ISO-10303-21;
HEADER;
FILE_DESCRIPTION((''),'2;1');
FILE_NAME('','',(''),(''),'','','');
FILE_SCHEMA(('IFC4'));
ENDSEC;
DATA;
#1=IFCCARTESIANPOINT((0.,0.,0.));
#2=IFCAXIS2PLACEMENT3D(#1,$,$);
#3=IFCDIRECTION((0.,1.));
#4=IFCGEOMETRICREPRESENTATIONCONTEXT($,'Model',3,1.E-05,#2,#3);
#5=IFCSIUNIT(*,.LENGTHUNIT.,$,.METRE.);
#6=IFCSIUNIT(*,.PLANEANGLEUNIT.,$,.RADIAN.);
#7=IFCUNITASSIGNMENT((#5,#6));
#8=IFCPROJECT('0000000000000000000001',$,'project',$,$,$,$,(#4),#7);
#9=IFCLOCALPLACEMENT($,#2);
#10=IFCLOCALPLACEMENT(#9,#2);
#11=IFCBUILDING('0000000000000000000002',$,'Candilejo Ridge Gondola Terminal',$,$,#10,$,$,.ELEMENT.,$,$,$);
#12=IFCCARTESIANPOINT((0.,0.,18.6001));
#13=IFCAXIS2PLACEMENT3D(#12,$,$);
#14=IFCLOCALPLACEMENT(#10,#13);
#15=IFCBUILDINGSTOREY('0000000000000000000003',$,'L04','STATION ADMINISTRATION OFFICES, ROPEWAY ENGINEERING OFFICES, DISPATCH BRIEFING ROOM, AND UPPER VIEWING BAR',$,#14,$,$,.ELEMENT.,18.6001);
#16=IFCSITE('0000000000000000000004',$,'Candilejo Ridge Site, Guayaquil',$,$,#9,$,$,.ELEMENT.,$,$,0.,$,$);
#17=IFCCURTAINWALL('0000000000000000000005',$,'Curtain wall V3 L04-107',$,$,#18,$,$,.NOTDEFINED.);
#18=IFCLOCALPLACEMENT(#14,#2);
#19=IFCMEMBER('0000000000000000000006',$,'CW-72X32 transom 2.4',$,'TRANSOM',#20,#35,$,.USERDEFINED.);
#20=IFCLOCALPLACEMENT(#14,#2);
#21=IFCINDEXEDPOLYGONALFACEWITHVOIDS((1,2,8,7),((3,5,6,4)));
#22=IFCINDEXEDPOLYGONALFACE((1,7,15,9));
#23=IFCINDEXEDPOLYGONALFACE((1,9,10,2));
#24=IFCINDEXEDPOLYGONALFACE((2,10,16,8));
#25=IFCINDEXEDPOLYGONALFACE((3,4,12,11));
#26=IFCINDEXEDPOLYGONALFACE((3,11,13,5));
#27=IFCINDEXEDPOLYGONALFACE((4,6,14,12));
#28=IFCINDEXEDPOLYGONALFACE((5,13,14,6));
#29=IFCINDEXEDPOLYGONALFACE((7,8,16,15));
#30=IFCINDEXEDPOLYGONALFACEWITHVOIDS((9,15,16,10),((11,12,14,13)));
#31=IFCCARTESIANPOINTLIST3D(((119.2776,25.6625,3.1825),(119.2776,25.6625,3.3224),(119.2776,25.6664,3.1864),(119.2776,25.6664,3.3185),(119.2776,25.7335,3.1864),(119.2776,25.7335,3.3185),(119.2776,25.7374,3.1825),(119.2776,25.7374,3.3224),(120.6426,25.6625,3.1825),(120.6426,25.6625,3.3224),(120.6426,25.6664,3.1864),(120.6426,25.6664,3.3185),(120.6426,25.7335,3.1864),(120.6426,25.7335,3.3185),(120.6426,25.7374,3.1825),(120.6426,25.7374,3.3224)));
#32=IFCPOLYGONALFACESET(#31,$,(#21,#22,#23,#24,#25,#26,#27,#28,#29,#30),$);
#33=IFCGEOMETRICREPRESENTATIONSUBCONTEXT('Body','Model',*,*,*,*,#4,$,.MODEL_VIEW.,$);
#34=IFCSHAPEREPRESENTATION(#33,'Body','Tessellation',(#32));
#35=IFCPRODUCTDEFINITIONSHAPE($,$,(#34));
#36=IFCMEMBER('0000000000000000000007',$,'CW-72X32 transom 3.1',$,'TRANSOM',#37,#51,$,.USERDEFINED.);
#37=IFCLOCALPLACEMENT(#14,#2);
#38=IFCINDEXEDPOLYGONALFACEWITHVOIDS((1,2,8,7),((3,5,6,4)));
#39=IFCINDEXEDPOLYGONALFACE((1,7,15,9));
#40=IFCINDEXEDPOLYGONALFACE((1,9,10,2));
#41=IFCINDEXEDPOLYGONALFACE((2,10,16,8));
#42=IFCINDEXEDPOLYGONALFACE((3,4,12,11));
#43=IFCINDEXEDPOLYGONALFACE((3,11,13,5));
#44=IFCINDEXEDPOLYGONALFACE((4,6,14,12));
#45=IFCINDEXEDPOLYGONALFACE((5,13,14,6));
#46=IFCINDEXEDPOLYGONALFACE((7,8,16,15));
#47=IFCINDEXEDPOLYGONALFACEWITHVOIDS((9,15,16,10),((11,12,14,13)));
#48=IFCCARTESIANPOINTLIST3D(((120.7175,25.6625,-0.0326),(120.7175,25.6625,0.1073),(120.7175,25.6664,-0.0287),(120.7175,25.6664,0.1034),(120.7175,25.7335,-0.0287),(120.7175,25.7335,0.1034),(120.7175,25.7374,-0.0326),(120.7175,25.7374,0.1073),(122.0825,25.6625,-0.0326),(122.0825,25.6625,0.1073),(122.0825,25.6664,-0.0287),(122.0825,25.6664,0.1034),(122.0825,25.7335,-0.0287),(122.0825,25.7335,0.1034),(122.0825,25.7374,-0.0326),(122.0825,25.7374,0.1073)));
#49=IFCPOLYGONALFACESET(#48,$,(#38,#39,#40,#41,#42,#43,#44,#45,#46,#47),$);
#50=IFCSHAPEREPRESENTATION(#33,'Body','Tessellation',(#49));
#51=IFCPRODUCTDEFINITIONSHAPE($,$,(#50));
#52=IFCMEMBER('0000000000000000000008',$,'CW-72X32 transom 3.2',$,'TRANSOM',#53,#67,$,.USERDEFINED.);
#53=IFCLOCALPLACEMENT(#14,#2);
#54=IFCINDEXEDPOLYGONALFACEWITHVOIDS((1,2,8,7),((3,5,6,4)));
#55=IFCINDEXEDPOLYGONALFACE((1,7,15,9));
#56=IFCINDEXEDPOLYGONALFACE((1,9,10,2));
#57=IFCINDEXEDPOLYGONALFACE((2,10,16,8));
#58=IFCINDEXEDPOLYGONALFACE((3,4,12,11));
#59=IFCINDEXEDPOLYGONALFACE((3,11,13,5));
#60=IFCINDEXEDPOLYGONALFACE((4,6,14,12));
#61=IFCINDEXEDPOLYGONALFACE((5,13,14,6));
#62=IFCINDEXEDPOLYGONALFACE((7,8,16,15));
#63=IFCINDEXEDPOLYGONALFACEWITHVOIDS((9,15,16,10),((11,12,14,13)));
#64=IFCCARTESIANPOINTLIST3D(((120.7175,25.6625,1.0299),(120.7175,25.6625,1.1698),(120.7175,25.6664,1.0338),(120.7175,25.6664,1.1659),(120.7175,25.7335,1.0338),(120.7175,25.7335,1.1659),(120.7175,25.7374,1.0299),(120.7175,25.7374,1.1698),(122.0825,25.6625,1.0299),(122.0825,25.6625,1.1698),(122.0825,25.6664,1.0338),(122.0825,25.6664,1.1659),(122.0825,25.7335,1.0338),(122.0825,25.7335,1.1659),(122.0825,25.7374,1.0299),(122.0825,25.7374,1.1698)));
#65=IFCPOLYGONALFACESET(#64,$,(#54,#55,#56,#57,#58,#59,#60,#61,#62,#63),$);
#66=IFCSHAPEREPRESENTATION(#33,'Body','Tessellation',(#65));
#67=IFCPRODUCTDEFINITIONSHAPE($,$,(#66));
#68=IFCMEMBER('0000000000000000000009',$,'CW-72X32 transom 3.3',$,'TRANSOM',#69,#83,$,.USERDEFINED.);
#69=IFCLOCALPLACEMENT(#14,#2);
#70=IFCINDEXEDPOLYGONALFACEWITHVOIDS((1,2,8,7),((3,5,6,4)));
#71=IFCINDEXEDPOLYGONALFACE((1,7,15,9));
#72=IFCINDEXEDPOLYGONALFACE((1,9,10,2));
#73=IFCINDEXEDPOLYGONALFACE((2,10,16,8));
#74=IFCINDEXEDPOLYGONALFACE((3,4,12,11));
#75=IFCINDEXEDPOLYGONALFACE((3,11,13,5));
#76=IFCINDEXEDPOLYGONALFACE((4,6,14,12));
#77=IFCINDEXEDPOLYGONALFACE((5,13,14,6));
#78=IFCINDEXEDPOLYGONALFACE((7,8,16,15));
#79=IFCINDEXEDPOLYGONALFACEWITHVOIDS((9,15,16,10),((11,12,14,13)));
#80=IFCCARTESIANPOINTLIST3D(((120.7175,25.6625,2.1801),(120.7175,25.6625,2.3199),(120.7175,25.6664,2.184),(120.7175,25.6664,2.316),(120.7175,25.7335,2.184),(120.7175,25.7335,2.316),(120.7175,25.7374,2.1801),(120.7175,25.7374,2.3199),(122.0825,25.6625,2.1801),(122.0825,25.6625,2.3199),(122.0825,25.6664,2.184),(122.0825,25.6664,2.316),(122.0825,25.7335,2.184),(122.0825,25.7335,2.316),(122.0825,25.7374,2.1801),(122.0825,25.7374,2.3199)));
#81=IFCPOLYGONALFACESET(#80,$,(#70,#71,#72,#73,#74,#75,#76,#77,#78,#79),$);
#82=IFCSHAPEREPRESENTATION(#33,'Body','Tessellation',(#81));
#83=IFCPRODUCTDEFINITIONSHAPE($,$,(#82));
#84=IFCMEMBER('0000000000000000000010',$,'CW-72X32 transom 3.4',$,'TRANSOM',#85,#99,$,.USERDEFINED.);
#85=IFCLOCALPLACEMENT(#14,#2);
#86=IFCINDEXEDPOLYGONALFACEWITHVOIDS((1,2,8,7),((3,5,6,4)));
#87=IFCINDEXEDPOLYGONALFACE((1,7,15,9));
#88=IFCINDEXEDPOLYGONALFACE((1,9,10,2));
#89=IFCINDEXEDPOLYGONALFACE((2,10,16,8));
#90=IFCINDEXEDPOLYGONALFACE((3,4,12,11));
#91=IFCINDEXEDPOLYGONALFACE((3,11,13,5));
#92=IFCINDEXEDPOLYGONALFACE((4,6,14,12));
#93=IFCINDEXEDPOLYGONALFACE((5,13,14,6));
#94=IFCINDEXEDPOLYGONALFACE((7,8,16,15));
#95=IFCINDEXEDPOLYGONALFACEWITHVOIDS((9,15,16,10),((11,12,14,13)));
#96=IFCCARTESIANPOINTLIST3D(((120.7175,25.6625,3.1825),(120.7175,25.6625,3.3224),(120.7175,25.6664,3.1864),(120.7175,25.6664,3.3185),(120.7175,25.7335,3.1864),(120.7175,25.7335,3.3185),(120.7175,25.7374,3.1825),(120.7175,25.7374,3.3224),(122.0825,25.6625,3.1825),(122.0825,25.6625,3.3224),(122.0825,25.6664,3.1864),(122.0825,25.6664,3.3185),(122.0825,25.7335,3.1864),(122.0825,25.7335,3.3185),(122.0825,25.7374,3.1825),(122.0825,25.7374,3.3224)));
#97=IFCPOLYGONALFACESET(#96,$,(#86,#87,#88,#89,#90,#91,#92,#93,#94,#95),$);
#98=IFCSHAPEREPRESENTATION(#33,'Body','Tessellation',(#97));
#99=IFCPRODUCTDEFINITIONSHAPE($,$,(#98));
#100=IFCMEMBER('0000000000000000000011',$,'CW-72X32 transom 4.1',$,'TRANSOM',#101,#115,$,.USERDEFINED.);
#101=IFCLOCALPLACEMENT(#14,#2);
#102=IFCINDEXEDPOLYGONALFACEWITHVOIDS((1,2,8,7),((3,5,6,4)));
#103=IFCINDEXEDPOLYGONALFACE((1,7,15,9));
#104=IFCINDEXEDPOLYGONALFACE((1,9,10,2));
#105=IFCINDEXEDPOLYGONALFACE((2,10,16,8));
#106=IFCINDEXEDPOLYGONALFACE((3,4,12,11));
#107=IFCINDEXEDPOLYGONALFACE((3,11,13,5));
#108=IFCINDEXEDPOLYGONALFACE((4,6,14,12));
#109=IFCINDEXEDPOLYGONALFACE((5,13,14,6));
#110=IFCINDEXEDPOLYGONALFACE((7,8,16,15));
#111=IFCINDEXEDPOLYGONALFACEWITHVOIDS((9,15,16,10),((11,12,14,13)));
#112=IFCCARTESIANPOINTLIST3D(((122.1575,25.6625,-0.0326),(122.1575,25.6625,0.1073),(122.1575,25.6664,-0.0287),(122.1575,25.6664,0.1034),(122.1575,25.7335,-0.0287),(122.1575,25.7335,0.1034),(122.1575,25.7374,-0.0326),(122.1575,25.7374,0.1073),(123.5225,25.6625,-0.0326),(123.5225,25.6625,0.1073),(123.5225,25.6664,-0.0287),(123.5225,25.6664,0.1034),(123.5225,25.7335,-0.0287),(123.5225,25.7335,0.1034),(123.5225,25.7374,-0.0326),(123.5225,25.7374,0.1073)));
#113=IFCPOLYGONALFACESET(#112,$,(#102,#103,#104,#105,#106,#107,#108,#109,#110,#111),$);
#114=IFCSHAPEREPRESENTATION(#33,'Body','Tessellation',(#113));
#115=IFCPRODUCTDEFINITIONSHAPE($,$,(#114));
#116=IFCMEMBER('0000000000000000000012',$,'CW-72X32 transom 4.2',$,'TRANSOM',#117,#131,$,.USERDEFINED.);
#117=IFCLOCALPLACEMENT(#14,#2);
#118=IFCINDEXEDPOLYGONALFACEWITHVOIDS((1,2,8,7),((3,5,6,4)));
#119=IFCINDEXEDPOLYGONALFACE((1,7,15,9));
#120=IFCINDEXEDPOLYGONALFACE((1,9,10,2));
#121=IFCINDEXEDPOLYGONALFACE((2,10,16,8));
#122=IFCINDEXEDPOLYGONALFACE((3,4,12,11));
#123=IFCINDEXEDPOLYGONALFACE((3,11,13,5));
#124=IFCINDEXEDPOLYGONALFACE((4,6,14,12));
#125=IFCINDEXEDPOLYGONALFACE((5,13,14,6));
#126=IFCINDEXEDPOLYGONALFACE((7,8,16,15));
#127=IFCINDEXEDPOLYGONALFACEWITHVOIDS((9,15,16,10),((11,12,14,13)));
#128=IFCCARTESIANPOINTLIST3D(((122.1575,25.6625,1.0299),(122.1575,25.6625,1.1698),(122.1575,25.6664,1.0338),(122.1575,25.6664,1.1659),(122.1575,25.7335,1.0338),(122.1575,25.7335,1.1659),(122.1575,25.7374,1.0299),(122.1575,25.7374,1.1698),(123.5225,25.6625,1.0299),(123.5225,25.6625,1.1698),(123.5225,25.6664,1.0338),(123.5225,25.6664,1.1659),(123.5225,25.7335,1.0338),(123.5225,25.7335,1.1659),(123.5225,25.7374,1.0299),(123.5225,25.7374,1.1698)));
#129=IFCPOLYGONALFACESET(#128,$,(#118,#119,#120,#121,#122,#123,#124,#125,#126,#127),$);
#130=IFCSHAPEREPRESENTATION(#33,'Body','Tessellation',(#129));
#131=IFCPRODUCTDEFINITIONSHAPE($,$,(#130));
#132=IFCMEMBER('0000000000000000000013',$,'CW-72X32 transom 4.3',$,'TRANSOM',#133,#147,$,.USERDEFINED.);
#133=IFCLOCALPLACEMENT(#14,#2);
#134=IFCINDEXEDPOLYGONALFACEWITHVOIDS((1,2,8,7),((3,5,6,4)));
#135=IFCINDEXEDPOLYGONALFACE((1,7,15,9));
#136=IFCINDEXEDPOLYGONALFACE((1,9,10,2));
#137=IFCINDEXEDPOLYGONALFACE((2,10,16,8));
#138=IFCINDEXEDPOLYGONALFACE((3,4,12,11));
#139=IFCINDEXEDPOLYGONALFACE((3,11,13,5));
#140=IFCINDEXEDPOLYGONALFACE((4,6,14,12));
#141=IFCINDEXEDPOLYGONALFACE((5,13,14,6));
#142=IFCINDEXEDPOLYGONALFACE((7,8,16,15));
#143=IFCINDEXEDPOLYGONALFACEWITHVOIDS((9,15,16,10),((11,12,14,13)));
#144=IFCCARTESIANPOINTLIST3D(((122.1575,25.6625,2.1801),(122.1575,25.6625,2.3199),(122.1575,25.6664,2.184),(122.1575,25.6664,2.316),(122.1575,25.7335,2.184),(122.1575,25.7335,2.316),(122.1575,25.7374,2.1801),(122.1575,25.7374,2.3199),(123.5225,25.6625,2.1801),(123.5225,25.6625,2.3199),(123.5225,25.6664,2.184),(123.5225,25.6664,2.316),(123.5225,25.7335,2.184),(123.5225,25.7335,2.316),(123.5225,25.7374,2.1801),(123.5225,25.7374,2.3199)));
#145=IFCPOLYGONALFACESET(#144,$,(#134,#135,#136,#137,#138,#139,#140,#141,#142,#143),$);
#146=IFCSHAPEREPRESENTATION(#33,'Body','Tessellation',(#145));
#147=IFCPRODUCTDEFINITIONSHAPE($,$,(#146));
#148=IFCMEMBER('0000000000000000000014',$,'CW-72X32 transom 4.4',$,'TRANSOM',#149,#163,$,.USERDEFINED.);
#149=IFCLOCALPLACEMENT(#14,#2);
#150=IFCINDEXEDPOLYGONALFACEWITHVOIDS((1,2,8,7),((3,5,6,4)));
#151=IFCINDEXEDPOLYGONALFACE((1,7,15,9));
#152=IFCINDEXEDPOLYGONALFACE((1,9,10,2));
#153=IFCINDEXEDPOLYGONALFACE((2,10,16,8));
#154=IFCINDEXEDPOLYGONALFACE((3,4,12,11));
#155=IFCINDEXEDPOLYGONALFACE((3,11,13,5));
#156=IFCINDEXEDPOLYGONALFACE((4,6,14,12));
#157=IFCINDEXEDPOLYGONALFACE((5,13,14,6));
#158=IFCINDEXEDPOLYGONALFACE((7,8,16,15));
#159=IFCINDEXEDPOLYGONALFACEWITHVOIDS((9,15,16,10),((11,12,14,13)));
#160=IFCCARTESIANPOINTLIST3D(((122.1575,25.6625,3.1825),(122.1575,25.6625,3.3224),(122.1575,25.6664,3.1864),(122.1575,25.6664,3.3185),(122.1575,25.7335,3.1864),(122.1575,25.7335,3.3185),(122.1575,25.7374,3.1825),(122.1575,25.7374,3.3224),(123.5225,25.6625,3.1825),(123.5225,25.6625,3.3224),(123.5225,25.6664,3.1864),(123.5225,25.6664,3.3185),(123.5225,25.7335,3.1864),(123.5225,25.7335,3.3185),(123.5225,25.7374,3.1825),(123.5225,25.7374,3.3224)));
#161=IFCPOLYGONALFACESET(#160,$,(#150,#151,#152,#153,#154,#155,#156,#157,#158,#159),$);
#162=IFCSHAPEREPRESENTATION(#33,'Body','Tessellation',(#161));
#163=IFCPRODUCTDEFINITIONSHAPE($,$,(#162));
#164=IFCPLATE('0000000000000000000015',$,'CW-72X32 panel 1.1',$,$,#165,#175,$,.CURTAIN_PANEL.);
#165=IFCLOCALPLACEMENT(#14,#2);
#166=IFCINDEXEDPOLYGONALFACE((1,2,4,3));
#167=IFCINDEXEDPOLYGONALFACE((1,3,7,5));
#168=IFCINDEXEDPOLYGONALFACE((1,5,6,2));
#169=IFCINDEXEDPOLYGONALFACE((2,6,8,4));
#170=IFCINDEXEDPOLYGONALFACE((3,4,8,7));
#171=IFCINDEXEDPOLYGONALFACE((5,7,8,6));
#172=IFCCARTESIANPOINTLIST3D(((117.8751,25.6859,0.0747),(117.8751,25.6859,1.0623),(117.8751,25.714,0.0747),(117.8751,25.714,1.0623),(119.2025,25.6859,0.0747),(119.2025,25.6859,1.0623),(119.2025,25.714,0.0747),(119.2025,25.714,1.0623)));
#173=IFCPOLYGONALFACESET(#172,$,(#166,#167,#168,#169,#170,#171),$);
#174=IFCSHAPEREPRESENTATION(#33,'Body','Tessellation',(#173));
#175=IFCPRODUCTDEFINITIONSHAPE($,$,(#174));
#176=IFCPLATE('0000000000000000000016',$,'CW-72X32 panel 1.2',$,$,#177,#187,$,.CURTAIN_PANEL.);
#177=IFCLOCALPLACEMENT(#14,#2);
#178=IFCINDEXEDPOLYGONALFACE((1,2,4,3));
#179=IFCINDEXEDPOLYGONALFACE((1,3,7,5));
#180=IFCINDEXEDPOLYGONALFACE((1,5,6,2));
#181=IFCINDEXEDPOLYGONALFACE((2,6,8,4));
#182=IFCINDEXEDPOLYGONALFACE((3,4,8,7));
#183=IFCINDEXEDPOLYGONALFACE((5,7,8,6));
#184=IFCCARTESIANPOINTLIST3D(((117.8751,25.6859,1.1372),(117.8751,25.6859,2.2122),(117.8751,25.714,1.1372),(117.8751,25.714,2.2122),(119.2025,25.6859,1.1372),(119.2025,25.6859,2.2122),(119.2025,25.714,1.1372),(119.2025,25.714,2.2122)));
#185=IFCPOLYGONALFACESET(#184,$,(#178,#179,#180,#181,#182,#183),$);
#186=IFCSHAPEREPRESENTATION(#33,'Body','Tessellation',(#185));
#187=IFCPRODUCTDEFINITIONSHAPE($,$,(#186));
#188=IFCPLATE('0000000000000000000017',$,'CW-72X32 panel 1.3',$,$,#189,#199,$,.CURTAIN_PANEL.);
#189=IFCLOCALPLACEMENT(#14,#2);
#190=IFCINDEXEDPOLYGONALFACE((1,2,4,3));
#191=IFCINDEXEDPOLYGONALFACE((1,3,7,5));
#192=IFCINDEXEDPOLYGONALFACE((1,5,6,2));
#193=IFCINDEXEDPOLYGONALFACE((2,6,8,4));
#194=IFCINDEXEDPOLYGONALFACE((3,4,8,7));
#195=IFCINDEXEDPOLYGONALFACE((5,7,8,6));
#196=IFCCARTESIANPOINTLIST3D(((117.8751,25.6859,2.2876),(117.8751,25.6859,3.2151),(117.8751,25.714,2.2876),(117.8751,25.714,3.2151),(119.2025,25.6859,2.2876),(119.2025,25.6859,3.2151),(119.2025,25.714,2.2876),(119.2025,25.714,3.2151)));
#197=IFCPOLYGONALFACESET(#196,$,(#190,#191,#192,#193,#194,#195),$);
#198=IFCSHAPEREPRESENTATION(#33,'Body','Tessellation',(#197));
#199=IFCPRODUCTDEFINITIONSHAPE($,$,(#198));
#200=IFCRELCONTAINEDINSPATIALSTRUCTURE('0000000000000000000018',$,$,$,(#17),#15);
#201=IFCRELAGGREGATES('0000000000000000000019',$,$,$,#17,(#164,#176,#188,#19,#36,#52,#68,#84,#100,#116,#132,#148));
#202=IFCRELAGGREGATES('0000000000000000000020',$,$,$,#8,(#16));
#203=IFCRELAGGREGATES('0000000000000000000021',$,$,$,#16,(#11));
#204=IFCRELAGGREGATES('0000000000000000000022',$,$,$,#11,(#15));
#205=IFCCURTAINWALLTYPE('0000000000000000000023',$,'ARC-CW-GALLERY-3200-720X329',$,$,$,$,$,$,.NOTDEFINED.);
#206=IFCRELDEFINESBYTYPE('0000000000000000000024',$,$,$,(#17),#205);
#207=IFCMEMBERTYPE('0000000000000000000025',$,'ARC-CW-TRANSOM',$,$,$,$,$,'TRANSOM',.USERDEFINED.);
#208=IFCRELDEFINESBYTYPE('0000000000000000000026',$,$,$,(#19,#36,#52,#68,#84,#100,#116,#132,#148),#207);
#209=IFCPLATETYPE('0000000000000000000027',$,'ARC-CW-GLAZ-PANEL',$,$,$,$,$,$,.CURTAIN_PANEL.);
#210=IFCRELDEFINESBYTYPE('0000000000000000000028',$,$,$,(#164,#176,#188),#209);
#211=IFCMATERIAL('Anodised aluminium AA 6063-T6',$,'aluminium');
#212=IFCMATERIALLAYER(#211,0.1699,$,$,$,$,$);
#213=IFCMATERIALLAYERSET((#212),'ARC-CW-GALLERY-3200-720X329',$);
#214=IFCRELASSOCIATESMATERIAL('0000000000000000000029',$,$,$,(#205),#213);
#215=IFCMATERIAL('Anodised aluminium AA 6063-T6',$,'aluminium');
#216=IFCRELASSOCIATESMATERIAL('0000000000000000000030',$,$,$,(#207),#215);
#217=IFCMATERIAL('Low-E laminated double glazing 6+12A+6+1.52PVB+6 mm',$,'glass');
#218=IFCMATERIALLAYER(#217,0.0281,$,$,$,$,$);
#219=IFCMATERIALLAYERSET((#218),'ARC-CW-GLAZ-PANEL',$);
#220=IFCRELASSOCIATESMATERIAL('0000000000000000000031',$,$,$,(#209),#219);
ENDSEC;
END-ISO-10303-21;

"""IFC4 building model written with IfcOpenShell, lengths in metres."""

from ifc_helpers import new_model, si_unit, direction, frame, origin, origin_2d, place, context, subcontext, project, spatial, rectangle, hollow_rectangle, extrude, material, layer, layer_set, material_profile, profile_set, type_object, element, aggregate, save


model = new_model("IFC4")

# Units and contexts
model_context = context("Model", 3, precision=1e-05, world=origin(), true_north=direction((0.0, 1.0)))
body_context = subcontext(model_context, "Body", "Model", "MODEL_VIEW")
ifc_project = project(units=[si_unit("LENGTHUNIT", "METRE"), si_unit("PLANEANGLEUNIT", "RADIAN")], contexts=[model_context])

# Site, building, storey
site_placement = place(None, origin())
site = spatial("IfcSite", under=ifc_project, at=site_placement, Name="Candilejo Ridge Site, Guayaquil", CompositionType="ELEMENT", RefElevation=0.0)
building_placement = place(site_placement, origin())
building = spatial("IfcBuilding", under=site, at=building_placement, Name="Candilejo Ridge Gondola Terminal", CompositionType="ELEMENT")
storey_placement = place(building_placement, frame((0.0, 0.0, 18.6001)))
storey = spatial("IfcBuildingStorey", under=building, at=storey_placement, Name="L04", Description="STATION ADMINISTRATION OFFICES, ROPEWAY ENGINEERING OFFICES, DISPATCH BRIEFING ROOM, AND UPPER VIEWING BAR", CompositionType="ELEMENT", Elevation=18.6001)

# Curtain wall, members, plates
ifc_material_1 = material(Name="Anodised aluminium AA 6063-T6", Category="aluminium")
ifc_layer_1 = layer(ifc_material_1, 0.1699)
ifc_layer_set_1 = layer_set([ifc_layer_1], Name="ARC-CW-GALLERY-3200-720X329")
curtain_wall_type = type_object("IfcCurtainWallType", Name="ARC-CW-GALLERY-3200-720X329", PredefinedType="NOTDEFINED", material=ifc_layer_set_1)
curtain_wall_placement = place(storey_placement, origin())
curtain_wall = element("IfcCurtainWall", 1, at=curtain_wall_placement, inside=storey, type_object=curtain_wall_type, Name="Curtain wall V3 L04-107", PredefinedType="NOTDEFINED")
ifc_material_2 = material(Name="Anodised aluminium AA 6063-T6", Category="aluminium")
ifc_material_profile_1 = material_profile(ifc_material_2, hollow_rectangle(XDim=0.075, YDim=0.1399, WallThickness=0.0039, at=origin_2d()))
ifc_profile_set_1 = profile_set([ifc_material_profile_1], Name="Anodised aluminium AA 6063-T6")
member_type_1 = type_object("IfcMemberType", Name="ARC-CW-TRANSOM", ElementType="TRANSOM", PredefinedType="USERDEFINED", material=ifc_profile_set_1)
member_1_placement = place(storey_placement, frame((119.2776, 25.7, 3.2524), z_axis=(1.0, 0.0, 0.0), x_axis=(0.0, 1.0, 0.0)))
member_1 = element("IfcMember", 2, at=member_1_placement, type_object=member_type_1, Name="CW-72X32 transom 2.4", ObjectType="TRANSOM", PredefinedType="USERDEFINED", context=body_context, shape_type="SweptSolid", body=[
    extrude(hollow_rectangle(XDim=0.075, YDim=0.1399, WallThickness=0.0039, at=origin_2d()), origin(), (0.0, 0.0, 1.0), 1.365),
])
member_2_placement = place(storey_placement, frame((120.7175, 25.7, 0.0374), z_axis=(1.0, 0.0, 0.0), x_axis=(0.0, 1.0, 0.0)))
member_2 = element("IfcMember", 3, at=member_2_placement, type_object=member_type_1, Name="CW-72X32 transom 3.1", ObjectType="TRANSOM", PredefinedType="USERDEFINED", context=body_context, shape_type="SweptSolid", body=[
    extrude(hollow_rectangle(XDim=0.075, YDim=0.1399, WallThickness=0.0039, at=origin_2d()), origin(), (0.0, 0.0, 1.0), 1.365),
])
member_3_placement = place(storey_placement, frame((120.7175, 25.7, 1.0999), z_axis=(1.0, 0.0, 0.0), x_axis=(0.0, 1.0, 0.0)))
member_3 = element("IfcMember", 4, at=member_3_placement, type_object=member_type_1, Name="CW-72X32 transom 3.2", ObjectType="TRANSOM", PredefinedType="USERDEFINED", context=body_context, shape_type="SweptSolid", body=[
    extrude(hollow_rectangle(XDim=0.075, YDim=0.1399, WallThickness=0.0039, at=origin_2d()), origin(), (0.0, 0.0, 1.0), 1.365),
])
member_4_placement = place(storey_placement, frame((120.7175, 25.7, 2.25), z_axis=(1.0, 0.0, 0.0), x_axis=(0.0, 1.0, 0.0)))
member_4 = element("IfcMember", 5, at=member_4_placement, type_object=member_type_1, Name="CW-72X32 transom 3.3", ObjectType="TRANSOM", PredefinedType="USERDEFINED", context=body_context, shape_type="SweptSolid", body=[
    extrude(hollow_rectangle(XDim=0.075, YDim=0.1399, WallThickness=0.0039, at=origin_2d()), origin(), (0.0, 0.0, 1.0), 1.365),
])
member_5_placement = place(storey_placement, frame((120.7175, 25.7, 3.2524), z_axis=(1.0, 0.0, 0.0), x_axis=(0.0, 1.0, 0.0)))
member_5 = element("IfcMember", 6, at=member_5_placement, type_object=member_type_1, Name="CW-72X32 transom 3.4", ObjectType="TRANSOM", PredefinedType="USERDEFINED", context=body_context, shape_type="SweptSolid", body=[
    extrude(hollow_rectangle(XDim=0.075, YDim=0.1399, WallThickness=0.0039, at=origin_2d()), origin(), (0.0, 0.0, 1.0), 1.365),
])
member_6_placement = place(storey_placement, frame((122.1575, 25.7, 0.0374), z_axis=(1.0, 0.0, 0.0), x_axis=(0.0, 1.0, 0.0)))
member_6 = element("IfcMember", 7, at=member_6_placement, type_object=member_type_1, Name="CW-72X32 transom 4.1", ObjectType="TRANSOM", PredefinedType="USERDEFINED", context=body_context, shape_type="SweptSolid", body=[
    extrude(hollow_rectangle(XDim=0.075, YDim=0.1399, WallThickness=0.0039, at=origin_2d()), origin(), (0.0, 0.0, 1.0), 1.365),
])
member_7_placement = place(storey_placement, frame((122.1575, 25.7, 1.0999), z_axis=(1.0, 0.0, 0.0), x_axis=(0.0, 1.0, 0.0)))
member_7 = element("IfcMember", 8, at=member_7_placement, type_object=member_type_1, Name="CW-72X32 transom 4.2", ObjectType="TRANSOM", PredefinedType="USERDEFINED", context=body_context, shape_type="SweptSolid", body=[
    extrude(hollow_rectangle(XDim=0.075, YDim=0.1399, WallThickness=0.0039, at=origin_2d()), origin(), (0.0, 0.0, 1.0), 1.365),
])
member_8_placement = place(storey_placement, frame((122.1575, 25.7, 2.25), z_axis=(1.0, 0.0, 0.0), x_axis=(0.0, 1.0, 0.0)))
member_8 = element("IfcMember", 9, at=member_8_placement, type_object=member_type_1, Name="CW-72X32 transom 4.3", ObjectType="TRANSOM", PredefinedType="USERDEFINED", context=body_context, shape_type="SweptSolid", body=[
    extrude(hollow_rectangle(XDim=0.075, YDim=0.1399, WallThickness=0.0039, at=origin_2d()), origin(), (0.0, 0.0, 1.0), 1.365),
])
member_9_placement = place(storey_placement, frame((122.1575, 25.7, 3.2524), z_axis=(1.0, 0.0, 0.0), x_axis=(0.0, 1.0, 0.0)))
member_9 = element("IfcMember", 10, at=member_9_placement, type_object=member_type_1, Name="CW-72X32 transom 4.4", ObjectType="TRANSOM", PredefinedType="USERDEFINED", context=body_context, shape_type="SweptSolid", body=[
    extrude(hollow_rectangle(XDim=0.075, YDim=0.1399, WallThickness=0.0039, at=origin_2d()), origin(), (0.0, 0.0, 1.0), 1.365),
])
ifc_material_3 = material(Name="Low-E laminated double glazing 6+12A+6+1.52PVB+6 mm", Category="glass")
ifc_layer_2 = layer(ifc_material_3, 0.0281)
ifc_layer_set_2 = layer_set([ifc_layer_2], Name="ARC-CW-GLAZ-PANEL")
plate_type_1 = type_object("IfcPlateType", Name="ARC-CW-GLAZ-PANEL", PredefinedType="CURTAIN_PANEL", material=ifc_layer_set_2)
plate_1_placement = place(storey_placement, frame((118.5388, 25.7, 0.0747), z_axis=(0.0, 0.0, 1.0), x_axis=(1.0, 0.0, 0.0)))
plate_1 = element("IfcPlate", 11, at=plate_1_placement, type_object=plate_type_1, Name="CW-72X32 panel 1.1", PredefinedType="CURTAIN_PANEL", context=body_context, shape_type="SweptSolid", body=[
    extrude(rectangle(XDim=1.3274, YDim=0.0281, at=origin_2d()), origin(), (0.0, 0.0, 1.0), 0.9875),
])
plate_2_placement = place(storey_placement, frame((118.5388, 25.7, 1.1372), z_axis=(0.0, 0.0, 1.0), x_axis=(1.0, 0.0, 0.0)))
plate_2 = element("IfcPlate", 12, at=plate_2_placement, type_object=plate_type_1, Name="CW-72X32 panel 1.2", PredefinedType="CURTAIN_PANEL", context=body_context, shape_type="SweptSolid", body=[
    extrude(rectangle(XDim=1.3274, YDim=0.0281, at=origin_2d()), origin(), (0.0, 0.0, 1.0), 1.075),
])
plate_3_placement = place(storey_placement, frame((118.5388, 25.7, 2.2876), z_axis=(0.0, 0.0, 1.0), x_axis=(1.0, 0.0, 0.0)))
plate_3 = element("IfcPlate", 13, at=plate_3_placement, type_object=plate_type_1, Name="CW-72X32 panel 1.3", PredefinedType="CURTAIN_PANEL", context=body_context, shape_type="SweptSolid", body=[
    extrude(rectangle(XDim=1.3274, YDim=0.0281, at=origin_2d()), origin(), (0.0, 0.0, 1.0), 0.9275),
])
aggregate(curtain_wall, [plate_1, plate_2, plate_3, member_1, member_2, member_3, member_4, member_5, member_6, member_7, member_8, member_9])

save(model, "model.ifc")
